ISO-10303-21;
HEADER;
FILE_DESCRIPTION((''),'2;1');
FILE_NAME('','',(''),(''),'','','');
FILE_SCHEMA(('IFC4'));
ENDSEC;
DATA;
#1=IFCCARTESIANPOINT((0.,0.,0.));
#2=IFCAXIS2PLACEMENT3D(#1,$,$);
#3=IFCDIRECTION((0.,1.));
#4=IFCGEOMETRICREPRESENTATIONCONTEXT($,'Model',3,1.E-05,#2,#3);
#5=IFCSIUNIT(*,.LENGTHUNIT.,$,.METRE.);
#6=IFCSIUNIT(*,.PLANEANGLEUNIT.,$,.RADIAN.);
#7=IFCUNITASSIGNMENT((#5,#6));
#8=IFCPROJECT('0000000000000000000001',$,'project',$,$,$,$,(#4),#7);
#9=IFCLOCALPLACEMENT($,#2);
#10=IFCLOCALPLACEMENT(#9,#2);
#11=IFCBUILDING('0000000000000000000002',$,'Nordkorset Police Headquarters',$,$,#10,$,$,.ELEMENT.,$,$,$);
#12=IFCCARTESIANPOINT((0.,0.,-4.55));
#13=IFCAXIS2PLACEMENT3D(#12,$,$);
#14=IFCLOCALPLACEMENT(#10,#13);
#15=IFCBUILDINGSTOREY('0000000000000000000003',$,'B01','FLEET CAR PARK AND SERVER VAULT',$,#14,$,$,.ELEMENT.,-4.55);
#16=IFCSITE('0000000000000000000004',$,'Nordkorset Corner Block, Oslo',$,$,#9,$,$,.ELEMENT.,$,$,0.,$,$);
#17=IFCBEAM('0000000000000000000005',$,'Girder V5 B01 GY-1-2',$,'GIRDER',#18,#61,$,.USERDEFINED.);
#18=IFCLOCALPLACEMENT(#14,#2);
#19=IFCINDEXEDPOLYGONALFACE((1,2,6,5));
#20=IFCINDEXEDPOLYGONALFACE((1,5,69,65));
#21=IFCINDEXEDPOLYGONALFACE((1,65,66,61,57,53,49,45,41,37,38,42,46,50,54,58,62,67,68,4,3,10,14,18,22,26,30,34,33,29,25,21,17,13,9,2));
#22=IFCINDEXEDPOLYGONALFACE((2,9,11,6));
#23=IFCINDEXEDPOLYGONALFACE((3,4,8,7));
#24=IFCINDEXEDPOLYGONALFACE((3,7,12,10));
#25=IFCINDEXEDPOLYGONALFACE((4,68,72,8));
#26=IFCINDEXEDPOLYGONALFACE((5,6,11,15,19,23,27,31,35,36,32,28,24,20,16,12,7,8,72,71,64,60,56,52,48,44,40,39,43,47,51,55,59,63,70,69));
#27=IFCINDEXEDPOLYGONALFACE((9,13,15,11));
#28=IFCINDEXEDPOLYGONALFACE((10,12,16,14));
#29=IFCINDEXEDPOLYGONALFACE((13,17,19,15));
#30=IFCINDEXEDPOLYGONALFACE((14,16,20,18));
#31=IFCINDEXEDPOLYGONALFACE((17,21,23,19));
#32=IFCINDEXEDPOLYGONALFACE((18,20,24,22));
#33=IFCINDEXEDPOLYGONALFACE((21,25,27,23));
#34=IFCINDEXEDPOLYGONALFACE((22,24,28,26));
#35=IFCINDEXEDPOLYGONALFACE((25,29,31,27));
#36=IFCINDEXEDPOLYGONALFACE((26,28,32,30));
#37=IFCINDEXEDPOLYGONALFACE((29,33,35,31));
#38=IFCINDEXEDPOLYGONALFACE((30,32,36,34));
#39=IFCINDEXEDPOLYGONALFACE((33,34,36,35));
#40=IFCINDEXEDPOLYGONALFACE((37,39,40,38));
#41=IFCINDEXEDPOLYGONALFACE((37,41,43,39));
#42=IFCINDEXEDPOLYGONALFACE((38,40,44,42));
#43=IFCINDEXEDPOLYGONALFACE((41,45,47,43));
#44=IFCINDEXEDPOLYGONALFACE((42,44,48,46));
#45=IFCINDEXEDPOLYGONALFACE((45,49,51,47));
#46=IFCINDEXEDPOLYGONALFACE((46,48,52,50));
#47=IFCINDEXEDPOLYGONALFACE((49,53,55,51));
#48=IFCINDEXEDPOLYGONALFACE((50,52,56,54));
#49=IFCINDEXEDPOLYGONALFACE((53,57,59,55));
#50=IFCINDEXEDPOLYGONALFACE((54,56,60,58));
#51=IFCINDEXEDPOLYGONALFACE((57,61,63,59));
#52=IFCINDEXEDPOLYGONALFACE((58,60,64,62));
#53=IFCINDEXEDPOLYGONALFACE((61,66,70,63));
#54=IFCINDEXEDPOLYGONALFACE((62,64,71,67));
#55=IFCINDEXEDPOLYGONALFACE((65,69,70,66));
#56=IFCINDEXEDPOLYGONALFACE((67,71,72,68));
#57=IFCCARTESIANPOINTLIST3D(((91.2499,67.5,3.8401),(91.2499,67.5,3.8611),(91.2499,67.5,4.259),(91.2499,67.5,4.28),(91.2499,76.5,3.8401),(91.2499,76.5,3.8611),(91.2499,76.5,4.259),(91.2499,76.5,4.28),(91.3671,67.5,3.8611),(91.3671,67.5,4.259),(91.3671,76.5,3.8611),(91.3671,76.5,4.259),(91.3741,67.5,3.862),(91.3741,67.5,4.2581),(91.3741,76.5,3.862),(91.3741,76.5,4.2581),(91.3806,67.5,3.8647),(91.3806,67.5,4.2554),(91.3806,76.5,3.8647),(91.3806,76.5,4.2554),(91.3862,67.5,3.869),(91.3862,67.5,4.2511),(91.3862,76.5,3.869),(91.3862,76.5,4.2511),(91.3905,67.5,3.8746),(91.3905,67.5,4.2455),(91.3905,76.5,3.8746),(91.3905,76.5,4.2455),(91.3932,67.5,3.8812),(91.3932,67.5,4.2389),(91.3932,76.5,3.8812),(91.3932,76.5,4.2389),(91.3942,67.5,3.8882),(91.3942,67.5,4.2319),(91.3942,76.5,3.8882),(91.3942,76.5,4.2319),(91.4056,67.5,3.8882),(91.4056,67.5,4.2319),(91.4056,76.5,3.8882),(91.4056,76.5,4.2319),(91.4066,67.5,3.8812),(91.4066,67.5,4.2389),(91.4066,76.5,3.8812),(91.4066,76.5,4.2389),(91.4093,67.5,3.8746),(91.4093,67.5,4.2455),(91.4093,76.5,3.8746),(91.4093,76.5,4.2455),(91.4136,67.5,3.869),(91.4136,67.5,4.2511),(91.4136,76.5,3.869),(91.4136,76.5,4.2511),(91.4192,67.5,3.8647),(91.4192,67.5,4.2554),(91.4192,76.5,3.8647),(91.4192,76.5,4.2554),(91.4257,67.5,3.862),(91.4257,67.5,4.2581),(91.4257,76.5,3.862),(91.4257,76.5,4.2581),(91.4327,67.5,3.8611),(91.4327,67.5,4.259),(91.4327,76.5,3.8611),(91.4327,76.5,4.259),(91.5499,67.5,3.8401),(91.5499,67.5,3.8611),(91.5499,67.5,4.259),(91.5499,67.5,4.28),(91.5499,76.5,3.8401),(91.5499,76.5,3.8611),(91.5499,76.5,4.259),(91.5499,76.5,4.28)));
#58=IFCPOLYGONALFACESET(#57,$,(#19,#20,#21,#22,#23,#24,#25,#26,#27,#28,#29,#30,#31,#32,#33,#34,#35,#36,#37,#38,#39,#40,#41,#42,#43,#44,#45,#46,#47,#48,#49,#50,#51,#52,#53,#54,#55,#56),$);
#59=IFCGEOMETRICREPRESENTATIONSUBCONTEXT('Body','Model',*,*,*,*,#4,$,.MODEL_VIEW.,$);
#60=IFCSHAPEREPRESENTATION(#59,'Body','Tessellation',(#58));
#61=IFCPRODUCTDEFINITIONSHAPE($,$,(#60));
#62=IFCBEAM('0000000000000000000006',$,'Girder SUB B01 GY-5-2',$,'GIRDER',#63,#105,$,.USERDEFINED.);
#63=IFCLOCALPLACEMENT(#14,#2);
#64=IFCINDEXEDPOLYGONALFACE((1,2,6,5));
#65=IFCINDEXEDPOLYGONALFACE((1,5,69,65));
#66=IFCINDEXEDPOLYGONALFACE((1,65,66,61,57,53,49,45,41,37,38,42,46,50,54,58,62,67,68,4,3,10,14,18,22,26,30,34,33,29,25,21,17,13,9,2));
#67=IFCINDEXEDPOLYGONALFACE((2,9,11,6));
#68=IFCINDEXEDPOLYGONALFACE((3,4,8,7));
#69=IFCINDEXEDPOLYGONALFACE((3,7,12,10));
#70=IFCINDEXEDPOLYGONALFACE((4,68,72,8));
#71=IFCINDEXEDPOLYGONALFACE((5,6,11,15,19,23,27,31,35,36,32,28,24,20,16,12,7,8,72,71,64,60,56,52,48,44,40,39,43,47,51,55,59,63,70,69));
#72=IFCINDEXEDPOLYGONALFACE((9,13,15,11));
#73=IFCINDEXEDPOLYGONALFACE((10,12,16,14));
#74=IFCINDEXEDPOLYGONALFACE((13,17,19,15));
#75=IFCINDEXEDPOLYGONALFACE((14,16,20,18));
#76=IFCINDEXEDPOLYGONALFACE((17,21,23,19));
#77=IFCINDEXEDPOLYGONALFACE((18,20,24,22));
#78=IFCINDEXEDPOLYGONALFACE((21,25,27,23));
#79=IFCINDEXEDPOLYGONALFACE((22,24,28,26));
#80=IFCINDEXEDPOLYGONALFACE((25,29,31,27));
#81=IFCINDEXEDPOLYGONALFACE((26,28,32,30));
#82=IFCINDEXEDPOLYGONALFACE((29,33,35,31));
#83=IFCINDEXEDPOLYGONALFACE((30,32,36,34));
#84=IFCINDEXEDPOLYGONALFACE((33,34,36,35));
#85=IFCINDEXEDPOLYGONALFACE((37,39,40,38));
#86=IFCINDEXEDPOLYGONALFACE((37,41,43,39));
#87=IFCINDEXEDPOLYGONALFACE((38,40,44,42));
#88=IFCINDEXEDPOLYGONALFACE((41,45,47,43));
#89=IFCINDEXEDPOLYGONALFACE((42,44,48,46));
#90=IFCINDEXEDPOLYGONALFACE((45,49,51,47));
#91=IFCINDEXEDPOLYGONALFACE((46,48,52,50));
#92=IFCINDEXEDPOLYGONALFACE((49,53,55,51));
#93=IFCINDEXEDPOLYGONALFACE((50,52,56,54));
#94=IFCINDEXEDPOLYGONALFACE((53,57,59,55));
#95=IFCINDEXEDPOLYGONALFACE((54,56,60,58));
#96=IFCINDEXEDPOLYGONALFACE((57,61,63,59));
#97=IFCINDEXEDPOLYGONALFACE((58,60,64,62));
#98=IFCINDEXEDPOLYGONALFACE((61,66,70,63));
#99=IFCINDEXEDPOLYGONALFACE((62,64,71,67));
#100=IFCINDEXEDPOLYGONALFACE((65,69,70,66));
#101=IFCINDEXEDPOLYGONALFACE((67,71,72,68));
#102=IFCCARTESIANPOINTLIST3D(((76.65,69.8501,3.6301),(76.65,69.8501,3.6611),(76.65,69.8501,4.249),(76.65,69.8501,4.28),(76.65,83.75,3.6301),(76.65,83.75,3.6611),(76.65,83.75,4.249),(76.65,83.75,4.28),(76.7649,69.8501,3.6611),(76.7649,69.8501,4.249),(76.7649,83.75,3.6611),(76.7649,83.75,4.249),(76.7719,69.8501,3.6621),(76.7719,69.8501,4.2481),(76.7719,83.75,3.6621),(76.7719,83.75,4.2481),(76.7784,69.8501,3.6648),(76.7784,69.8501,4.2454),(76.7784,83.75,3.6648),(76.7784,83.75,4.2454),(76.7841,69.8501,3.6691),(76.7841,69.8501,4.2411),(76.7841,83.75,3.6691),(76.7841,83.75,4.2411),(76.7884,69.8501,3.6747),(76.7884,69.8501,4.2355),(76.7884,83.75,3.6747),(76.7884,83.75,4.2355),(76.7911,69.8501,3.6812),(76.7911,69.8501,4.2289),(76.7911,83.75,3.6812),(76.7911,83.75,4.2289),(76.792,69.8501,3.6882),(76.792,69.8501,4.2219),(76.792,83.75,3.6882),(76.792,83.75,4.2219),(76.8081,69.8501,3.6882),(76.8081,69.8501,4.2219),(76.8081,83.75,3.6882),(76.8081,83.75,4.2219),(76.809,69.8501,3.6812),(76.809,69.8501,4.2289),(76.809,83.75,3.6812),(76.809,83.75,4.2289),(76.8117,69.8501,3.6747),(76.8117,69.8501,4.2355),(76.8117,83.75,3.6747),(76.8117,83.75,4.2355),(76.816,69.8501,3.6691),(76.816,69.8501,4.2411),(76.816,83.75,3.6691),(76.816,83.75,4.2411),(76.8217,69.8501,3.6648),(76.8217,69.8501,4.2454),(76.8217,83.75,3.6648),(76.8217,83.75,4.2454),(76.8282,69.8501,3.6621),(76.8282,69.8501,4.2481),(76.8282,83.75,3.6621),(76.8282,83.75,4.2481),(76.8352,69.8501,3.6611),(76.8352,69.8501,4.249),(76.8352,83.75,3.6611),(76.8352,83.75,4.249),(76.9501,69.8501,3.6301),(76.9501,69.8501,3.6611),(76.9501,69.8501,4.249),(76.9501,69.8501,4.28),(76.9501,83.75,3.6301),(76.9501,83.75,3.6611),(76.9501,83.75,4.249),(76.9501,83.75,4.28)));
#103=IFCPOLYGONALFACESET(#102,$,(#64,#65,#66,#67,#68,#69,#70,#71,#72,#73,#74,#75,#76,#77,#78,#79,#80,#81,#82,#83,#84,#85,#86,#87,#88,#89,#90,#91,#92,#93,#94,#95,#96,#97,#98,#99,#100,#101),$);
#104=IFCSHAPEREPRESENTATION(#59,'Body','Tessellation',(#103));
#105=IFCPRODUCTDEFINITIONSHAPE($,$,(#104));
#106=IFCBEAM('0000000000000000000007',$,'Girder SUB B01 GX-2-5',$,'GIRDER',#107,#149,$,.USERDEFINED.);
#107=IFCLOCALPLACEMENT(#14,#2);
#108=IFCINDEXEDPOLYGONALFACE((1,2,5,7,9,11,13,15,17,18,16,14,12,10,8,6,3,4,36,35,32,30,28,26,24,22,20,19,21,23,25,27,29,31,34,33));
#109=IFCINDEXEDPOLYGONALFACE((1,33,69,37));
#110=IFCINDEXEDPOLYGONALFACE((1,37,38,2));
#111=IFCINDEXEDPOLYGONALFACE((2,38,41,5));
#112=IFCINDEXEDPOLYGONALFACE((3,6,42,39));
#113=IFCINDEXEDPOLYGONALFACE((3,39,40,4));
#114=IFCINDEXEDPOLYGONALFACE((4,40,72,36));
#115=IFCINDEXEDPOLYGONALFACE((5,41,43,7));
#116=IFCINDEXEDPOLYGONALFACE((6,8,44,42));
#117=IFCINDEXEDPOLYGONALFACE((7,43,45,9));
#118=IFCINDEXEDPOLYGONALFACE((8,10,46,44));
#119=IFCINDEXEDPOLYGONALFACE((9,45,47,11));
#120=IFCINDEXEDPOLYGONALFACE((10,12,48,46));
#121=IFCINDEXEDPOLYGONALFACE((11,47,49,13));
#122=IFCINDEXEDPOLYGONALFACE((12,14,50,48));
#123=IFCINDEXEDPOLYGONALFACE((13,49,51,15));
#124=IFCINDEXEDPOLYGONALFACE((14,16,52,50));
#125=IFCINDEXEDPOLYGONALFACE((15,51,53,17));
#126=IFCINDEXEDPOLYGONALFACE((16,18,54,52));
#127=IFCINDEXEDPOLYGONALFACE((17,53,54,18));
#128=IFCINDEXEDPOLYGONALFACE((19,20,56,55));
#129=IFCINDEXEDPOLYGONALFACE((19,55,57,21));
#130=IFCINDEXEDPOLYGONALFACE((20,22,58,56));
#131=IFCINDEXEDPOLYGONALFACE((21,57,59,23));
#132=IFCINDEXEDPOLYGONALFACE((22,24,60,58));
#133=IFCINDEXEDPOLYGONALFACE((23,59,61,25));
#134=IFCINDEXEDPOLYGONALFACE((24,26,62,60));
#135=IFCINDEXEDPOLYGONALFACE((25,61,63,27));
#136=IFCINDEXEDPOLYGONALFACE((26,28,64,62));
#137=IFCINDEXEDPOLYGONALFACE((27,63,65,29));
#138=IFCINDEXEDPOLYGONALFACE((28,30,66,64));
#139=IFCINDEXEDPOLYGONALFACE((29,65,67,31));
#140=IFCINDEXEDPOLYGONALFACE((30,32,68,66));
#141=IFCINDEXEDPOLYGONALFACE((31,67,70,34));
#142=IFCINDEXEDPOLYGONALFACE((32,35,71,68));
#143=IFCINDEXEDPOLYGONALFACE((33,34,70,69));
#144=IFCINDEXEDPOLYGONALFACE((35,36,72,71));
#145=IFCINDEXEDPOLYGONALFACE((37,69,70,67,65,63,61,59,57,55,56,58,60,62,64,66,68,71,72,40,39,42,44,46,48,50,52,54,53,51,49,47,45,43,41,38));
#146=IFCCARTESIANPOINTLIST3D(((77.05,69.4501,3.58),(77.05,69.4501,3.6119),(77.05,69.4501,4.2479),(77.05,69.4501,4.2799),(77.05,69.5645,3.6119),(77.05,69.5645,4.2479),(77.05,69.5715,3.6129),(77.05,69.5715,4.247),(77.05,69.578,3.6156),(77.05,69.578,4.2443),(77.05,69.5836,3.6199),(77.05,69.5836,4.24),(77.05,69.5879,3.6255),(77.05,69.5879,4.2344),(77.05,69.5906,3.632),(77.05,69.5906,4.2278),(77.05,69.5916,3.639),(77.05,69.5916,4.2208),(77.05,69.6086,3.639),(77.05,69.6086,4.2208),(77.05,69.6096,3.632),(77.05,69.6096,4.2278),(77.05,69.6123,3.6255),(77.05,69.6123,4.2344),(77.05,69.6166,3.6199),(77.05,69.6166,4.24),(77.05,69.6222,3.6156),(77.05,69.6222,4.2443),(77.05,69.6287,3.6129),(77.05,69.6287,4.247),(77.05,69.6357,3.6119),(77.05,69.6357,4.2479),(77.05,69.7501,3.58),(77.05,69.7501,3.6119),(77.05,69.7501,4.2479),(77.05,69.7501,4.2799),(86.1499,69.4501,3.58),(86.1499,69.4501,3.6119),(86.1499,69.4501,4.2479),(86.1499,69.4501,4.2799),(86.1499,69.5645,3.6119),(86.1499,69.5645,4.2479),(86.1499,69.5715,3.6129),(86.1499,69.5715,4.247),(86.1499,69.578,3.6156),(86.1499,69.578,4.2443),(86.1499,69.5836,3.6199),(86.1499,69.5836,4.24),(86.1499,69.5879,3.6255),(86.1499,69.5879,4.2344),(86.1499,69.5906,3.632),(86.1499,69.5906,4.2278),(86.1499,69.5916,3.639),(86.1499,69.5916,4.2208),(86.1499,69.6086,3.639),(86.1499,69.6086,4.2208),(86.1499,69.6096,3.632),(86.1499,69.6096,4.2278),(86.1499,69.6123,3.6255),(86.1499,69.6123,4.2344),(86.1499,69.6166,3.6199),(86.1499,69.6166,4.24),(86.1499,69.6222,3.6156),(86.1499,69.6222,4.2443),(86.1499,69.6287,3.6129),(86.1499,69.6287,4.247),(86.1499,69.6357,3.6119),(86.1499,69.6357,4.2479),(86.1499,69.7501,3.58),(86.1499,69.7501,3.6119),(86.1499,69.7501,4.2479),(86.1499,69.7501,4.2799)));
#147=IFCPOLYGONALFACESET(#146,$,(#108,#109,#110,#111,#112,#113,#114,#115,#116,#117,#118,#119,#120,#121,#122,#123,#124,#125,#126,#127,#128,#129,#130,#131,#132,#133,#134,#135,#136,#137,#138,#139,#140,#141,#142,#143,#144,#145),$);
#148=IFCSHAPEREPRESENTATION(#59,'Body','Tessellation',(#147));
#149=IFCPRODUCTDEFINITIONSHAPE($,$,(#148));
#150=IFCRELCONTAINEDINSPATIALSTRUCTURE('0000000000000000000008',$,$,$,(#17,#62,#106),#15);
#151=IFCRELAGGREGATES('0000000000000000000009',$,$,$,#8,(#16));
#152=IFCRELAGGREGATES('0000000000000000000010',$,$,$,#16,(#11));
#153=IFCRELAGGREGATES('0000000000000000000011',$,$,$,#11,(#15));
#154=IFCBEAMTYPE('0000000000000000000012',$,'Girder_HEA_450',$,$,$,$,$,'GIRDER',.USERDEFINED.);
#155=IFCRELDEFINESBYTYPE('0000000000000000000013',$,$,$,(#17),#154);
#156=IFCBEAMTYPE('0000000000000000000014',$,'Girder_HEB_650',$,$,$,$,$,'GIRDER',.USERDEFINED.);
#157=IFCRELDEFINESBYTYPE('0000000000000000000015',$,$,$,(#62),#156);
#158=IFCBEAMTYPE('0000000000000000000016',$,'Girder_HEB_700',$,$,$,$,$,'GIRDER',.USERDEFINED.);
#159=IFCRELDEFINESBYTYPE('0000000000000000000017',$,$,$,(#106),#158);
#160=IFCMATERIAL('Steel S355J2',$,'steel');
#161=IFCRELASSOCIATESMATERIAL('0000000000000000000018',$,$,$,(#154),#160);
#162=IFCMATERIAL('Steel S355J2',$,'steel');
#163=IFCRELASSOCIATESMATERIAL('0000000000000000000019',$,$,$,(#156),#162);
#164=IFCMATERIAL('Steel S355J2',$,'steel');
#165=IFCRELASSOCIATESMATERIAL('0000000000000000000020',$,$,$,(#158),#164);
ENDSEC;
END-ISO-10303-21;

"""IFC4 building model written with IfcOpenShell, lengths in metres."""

from ifc_helpers import new_model, si_unit, direction, frame, origin, origin_2d, place, context, subcontext, project, spatial, i_section, extrude, material, material_profile, profile_set, type_object, element, save


model = new_model("IFC4")

# Units and contexts
model_context = context("Model", 3, precision=1e-05, world=origin(), true_north=direction((0.0, 1.0)))
body_context = subcontext(model_context, "Body", "Model", "MODEL_VIEW")
ifc_project = project(units=[si_unit("LENGTHUNIT", "METRE"), si_unit("PLANEANGLEUNIT", "RADIAN")], contexts=[model_context])

# Site, building, storey
site_placement = place(None, origin())
site = spatial("IfcSite", under=ifc_project, at=site_placement, Name="Nordkorset Corner Block, Oslo", CompositionType="ELEMENT", RefElevation=0.0)
building_placement = place(site_placement, origin())
building = spatial("IfcBuilding", under=site, at=building_placement, Name="Nordkorset Police Headquarters", CompositionType="ELEMENT")
storey_placement = place(building_placement, frame((0.0, 0.0, -4.55)))
storey = spatial("IfcBuildingStorey", under=building, at=storey_placement, Name="B01", Description="FLEET CAR PARK AND SERVER VAULT", CompositionType="ELEMENT", Elevation=-4.55)

# Beams
ifc_material_1 = material(Name="Steel S355J2", Category="steel")
ifc_material_profile_1 = material_profile(ifc_material_1, i_section(OverallWidth=0.3, OverallDepth=0.4399, WebThickness=0.0115, FlangeThickness=0.021, FilletRadius=0.0271, at=origin_2d()), Name="HEA 450")
ifc_profile_set_1 = profile_set([ifc_material_profile_1], Name="Steel S355J2")
beam_type_1 = type_object("IfcBeamType", Name="Girder_HEA_450", ElementType="GIRDER", PredefinedType="USERDEFINED", material=ifc_profile_set_1)
for number, where, z_axis, x_axis, name in (
    (1, (91.3999, 67.5, 4.0601), (0.0, 1.0, 0.0), (-1.0, 0.0, 0.0), "Girder V5 B01 GY-1-2"),
):
    element("IfcBeam", number, at=place(storey_placement, frame(where, z_axis=z_axis, x_axis=x_axis)), inside=storey, type_object=beam_type_1, Name=name, ObjectType="GIRDER", PredefinedType="USERDEFINED", context=body_context, shape_type="SweptSolid", body=[
        extrude(i_section(OverallWidth=0.3, OverallDepth=0.4399, WebThickness=0.0115, FlangeThickness=0.021, FilletRadius=0.0271, at=origin_2d()), origin(), (0.0, 0.0, 1.0), 9.0),
    ])
ifc_material_2 = material(Name="Steel S355J2", Category="steel")
ifc_material_profile_2 = material_profile(ifc_material_2, i_section(OverallWidth=0.3, OverallDepth=0.6499, WebThickness=0.0161, FlangeThickness=0.031, FilletRadius=0.0271, at=origin_2d()), Name="HEB 650")
ifc_profile_set_2 = profile_set([ifc_material_profile_2], Name="Steel S355J2")
beam_type_2 = type_object("IfcBeamType", Name="Girder_HEB_650", ElementType="GIRDER", PredefinedType="USERDEFINED", material=ifc_profile_set_2)
beam_1_placement = place(storey_placement, frame((76.8, 69.8501, 3.9551), z_axis=(0.0, 1.0, 0.0), x_axis=(-1.0, 0.0, 0.0)))
element("IfcBeam", 2, at=beam_1_placement, inside=storey, type_object=beam_type_2, Name="Girder SUB B01 GY-5-2", ObjectType="GIRDER", PredefinedType="USERDEFINED", context=body_context, shape_type="SweptSolid", body=[
    extrude(i_section(OverallWidth=0.3, OverallDepth=0.6499, WebThickness=0.0161, FlangeThickness=0.031, FilletRadius=0.0271, at=origin_2d()), origin(), (0.0, 0.0, 1.0), 13.8999),
])
ifc_material_3 = material(Name="Steel S355J2", Category="steel")
ifc_material_profile_3 = material_profile(ifc_material_3, i_section(OverallWidth=0.3, OverallDepth=0.7, WebThickness=0.0171, FlangeThickness=0.032, FilletRadius=0.0271, at=origin_2d()), Name="HEB 700")
ifc_profile_set_3 = profile_set([ifc_material_profile_3], Name="Steel S355J2")
beam_type_3 = type_object("IfcBeamType", Name="Girder_HEB_700", ElementType="GIRDER", PredefinedType="USERDEFINED", material=ifc_profile_set_3)
beam_2_placement = place(storey_placement, frame((77.05, 69.6001, 3.9299), z_axis=(1.0, 0.0, 0.0), x_axis=(0.0, 1.0, 0.0)))
element("IfcBeam", 3, at=beam_2_placement, inside=storey, type_object=beam_type_3, Name="Girder SUB B01 GX-2-5", ObjectType="GIRDER", PredefinedType="USERDEFINED", context=body_context, shape_type="SweptSolid", body=[
    extrude(i_section(OverallWidth=0.3, OverallDepth=0.7, WebThickness=0.0171, FlangeThickness=0.032, FilletRadius=0.0271, at=origin_2d()), origin(), (0.0, 0.0, 1.0), 9.0999),
])

save(model, "model.ifc")
